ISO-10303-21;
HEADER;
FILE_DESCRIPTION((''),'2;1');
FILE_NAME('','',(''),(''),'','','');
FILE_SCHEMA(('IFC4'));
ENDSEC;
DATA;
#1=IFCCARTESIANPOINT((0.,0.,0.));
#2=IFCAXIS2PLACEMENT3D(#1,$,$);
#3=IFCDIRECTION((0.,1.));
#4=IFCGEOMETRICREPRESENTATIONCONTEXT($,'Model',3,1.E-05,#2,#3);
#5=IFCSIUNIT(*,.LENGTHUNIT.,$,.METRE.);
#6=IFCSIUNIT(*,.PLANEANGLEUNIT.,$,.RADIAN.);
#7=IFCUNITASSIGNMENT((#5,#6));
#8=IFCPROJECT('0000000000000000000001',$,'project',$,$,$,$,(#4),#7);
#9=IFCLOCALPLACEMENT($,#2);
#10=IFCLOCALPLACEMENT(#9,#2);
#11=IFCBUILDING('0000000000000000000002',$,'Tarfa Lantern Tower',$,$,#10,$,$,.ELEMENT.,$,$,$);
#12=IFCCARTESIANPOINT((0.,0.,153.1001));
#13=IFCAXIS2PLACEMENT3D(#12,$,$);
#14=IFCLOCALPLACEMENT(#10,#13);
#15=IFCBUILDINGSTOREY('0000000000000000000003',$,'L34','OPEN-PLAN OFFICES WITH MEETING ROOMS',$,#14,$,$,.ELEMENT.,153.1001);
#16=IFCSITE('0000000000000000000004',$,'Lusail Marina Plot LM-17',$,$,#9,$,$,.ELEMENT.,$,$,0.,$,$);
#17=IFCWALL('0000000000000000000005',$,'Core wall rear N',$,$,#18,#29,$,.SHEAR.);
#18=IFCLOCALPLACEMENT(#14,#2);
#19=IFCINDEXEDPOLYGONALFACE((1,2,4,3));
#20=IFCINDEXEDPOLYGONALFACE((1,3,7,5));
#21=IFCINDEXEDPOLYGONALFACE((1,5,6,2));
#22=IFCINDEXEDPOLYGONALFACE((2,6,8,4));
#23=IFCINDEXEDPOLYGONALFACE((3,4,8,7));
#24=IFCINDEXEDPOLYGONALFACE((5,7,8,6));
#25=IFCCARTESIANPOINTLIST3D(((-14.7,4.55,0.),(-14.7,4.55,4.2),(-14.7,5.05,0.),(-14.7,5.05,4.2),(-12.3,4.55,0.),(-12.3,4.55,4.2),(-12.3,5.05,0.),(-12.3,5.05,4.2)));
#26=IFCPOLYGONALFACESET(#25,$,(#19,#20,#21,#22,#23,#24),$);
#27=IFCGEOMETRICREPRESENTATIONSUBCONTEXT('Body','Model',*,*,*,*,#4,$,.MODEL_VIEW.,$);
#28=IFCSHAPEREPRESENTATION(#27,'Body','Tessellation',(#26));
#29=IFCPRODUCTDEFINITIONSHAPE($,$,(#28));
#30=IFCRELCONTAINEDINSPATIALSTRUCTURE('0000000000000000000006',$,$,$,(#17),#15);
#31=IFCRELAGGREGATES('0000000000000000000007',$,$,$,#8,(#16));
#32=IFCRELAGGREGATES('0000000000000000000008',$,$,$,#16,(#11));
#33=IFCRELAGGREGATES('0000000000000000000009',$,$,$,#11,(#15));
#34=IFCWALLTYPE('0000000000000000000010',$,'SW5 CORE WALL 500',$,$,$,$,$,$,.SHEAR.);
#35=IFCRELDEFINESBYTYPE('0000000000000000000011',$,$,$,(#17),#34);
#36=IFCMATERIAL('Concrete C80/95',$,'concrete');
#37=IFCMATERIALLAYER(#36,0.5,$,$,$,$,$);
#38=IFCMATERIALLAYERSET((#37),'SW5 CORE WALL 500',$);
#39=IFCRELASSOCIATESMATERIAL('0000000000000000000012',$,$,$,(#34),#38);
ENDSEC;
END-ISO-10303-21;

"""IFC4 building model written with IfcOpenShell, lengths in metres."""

from ifc_helpers import new_model, si_unit, direction, frame, frame_2d, origin, place, context, subcontext, project, spatial, rectangle, extrude, material, layer, layer_set, type_object, element, save


model = new_model("IFC4")

# Units and contexts
model_context = context("Model", 3, precision=1e-05, world=origin(), true_north=direction((0.0, 1.0)))
body_context = subcontext(model_context, "Body", "Model", "MODEL_VIEW")
ifc_project = project(units=[si_unit("LENGTHUNIT", "METRE"), si_unit("PLANEANGLEUNIT", "RADIAN")], contexts=[model_context])

# Site, building, storey
site_placement = place(None, origin())
site = spatial("IfcSite", under=ifc_project, at=site_placement, Name="Lusail Marina Plot LM-17", CompositionType="ELEMENT", RefElevation=0.0)
building_placement = place(site_placement, origin())
building = spatial("IfcBuilding", under=site, at=building_placement, Name="Tarfa Lantern Tower", CompositionType="ELEMENT")
storey_placement = place(building_placement, frame((0.0, 0.0, 153.1001)))
storey = spatial("IfcBuildingStorey", under=building, at=storey_placement, Name="L34", Description="OPEN-PLAN OFFICES WITH MEETING ROOMS", CompositionType="ELEMENT", Elevation=153.1001)

# Shared definitions
ifc_material_1 = material(Name="Concrete C80/95", Category="concrete")
ifc_layer_1 = layer(ifc_material_1, 0.5)
ifc_layer_set_1 = layer_set([ifc_layer_1], Name="SW5 CORE WALL 500")
wall_type_1 = type_object("IfcWallType", Name="SW5 CORE WALL 500", PredefinedType="SHEAR", material=ifc_layer_set_1)

# Wall
wall_1_placement = place(storey_placement, frame((-14.7, 4.8, 0.0), z_axis=(0.0, 0.0, 1.0), x_axis=(1.0, 0.0, 0.0)))
element("IfcWall", 1, at=wall_1_placement, inside=storey, type_object=wall_type_1, Name="Core wall rear N", PredefinedType="SHEAR", context=body_context, shape_type="SweptSolid", body=[
    extrude(rectangle(XDim=2.3999, YDim=0.5, at=frame_2d((1.2, 0.0))), origin(), (0.0, 0.0, 1.0), 4.2),
])

save(model, "model.ifc")
